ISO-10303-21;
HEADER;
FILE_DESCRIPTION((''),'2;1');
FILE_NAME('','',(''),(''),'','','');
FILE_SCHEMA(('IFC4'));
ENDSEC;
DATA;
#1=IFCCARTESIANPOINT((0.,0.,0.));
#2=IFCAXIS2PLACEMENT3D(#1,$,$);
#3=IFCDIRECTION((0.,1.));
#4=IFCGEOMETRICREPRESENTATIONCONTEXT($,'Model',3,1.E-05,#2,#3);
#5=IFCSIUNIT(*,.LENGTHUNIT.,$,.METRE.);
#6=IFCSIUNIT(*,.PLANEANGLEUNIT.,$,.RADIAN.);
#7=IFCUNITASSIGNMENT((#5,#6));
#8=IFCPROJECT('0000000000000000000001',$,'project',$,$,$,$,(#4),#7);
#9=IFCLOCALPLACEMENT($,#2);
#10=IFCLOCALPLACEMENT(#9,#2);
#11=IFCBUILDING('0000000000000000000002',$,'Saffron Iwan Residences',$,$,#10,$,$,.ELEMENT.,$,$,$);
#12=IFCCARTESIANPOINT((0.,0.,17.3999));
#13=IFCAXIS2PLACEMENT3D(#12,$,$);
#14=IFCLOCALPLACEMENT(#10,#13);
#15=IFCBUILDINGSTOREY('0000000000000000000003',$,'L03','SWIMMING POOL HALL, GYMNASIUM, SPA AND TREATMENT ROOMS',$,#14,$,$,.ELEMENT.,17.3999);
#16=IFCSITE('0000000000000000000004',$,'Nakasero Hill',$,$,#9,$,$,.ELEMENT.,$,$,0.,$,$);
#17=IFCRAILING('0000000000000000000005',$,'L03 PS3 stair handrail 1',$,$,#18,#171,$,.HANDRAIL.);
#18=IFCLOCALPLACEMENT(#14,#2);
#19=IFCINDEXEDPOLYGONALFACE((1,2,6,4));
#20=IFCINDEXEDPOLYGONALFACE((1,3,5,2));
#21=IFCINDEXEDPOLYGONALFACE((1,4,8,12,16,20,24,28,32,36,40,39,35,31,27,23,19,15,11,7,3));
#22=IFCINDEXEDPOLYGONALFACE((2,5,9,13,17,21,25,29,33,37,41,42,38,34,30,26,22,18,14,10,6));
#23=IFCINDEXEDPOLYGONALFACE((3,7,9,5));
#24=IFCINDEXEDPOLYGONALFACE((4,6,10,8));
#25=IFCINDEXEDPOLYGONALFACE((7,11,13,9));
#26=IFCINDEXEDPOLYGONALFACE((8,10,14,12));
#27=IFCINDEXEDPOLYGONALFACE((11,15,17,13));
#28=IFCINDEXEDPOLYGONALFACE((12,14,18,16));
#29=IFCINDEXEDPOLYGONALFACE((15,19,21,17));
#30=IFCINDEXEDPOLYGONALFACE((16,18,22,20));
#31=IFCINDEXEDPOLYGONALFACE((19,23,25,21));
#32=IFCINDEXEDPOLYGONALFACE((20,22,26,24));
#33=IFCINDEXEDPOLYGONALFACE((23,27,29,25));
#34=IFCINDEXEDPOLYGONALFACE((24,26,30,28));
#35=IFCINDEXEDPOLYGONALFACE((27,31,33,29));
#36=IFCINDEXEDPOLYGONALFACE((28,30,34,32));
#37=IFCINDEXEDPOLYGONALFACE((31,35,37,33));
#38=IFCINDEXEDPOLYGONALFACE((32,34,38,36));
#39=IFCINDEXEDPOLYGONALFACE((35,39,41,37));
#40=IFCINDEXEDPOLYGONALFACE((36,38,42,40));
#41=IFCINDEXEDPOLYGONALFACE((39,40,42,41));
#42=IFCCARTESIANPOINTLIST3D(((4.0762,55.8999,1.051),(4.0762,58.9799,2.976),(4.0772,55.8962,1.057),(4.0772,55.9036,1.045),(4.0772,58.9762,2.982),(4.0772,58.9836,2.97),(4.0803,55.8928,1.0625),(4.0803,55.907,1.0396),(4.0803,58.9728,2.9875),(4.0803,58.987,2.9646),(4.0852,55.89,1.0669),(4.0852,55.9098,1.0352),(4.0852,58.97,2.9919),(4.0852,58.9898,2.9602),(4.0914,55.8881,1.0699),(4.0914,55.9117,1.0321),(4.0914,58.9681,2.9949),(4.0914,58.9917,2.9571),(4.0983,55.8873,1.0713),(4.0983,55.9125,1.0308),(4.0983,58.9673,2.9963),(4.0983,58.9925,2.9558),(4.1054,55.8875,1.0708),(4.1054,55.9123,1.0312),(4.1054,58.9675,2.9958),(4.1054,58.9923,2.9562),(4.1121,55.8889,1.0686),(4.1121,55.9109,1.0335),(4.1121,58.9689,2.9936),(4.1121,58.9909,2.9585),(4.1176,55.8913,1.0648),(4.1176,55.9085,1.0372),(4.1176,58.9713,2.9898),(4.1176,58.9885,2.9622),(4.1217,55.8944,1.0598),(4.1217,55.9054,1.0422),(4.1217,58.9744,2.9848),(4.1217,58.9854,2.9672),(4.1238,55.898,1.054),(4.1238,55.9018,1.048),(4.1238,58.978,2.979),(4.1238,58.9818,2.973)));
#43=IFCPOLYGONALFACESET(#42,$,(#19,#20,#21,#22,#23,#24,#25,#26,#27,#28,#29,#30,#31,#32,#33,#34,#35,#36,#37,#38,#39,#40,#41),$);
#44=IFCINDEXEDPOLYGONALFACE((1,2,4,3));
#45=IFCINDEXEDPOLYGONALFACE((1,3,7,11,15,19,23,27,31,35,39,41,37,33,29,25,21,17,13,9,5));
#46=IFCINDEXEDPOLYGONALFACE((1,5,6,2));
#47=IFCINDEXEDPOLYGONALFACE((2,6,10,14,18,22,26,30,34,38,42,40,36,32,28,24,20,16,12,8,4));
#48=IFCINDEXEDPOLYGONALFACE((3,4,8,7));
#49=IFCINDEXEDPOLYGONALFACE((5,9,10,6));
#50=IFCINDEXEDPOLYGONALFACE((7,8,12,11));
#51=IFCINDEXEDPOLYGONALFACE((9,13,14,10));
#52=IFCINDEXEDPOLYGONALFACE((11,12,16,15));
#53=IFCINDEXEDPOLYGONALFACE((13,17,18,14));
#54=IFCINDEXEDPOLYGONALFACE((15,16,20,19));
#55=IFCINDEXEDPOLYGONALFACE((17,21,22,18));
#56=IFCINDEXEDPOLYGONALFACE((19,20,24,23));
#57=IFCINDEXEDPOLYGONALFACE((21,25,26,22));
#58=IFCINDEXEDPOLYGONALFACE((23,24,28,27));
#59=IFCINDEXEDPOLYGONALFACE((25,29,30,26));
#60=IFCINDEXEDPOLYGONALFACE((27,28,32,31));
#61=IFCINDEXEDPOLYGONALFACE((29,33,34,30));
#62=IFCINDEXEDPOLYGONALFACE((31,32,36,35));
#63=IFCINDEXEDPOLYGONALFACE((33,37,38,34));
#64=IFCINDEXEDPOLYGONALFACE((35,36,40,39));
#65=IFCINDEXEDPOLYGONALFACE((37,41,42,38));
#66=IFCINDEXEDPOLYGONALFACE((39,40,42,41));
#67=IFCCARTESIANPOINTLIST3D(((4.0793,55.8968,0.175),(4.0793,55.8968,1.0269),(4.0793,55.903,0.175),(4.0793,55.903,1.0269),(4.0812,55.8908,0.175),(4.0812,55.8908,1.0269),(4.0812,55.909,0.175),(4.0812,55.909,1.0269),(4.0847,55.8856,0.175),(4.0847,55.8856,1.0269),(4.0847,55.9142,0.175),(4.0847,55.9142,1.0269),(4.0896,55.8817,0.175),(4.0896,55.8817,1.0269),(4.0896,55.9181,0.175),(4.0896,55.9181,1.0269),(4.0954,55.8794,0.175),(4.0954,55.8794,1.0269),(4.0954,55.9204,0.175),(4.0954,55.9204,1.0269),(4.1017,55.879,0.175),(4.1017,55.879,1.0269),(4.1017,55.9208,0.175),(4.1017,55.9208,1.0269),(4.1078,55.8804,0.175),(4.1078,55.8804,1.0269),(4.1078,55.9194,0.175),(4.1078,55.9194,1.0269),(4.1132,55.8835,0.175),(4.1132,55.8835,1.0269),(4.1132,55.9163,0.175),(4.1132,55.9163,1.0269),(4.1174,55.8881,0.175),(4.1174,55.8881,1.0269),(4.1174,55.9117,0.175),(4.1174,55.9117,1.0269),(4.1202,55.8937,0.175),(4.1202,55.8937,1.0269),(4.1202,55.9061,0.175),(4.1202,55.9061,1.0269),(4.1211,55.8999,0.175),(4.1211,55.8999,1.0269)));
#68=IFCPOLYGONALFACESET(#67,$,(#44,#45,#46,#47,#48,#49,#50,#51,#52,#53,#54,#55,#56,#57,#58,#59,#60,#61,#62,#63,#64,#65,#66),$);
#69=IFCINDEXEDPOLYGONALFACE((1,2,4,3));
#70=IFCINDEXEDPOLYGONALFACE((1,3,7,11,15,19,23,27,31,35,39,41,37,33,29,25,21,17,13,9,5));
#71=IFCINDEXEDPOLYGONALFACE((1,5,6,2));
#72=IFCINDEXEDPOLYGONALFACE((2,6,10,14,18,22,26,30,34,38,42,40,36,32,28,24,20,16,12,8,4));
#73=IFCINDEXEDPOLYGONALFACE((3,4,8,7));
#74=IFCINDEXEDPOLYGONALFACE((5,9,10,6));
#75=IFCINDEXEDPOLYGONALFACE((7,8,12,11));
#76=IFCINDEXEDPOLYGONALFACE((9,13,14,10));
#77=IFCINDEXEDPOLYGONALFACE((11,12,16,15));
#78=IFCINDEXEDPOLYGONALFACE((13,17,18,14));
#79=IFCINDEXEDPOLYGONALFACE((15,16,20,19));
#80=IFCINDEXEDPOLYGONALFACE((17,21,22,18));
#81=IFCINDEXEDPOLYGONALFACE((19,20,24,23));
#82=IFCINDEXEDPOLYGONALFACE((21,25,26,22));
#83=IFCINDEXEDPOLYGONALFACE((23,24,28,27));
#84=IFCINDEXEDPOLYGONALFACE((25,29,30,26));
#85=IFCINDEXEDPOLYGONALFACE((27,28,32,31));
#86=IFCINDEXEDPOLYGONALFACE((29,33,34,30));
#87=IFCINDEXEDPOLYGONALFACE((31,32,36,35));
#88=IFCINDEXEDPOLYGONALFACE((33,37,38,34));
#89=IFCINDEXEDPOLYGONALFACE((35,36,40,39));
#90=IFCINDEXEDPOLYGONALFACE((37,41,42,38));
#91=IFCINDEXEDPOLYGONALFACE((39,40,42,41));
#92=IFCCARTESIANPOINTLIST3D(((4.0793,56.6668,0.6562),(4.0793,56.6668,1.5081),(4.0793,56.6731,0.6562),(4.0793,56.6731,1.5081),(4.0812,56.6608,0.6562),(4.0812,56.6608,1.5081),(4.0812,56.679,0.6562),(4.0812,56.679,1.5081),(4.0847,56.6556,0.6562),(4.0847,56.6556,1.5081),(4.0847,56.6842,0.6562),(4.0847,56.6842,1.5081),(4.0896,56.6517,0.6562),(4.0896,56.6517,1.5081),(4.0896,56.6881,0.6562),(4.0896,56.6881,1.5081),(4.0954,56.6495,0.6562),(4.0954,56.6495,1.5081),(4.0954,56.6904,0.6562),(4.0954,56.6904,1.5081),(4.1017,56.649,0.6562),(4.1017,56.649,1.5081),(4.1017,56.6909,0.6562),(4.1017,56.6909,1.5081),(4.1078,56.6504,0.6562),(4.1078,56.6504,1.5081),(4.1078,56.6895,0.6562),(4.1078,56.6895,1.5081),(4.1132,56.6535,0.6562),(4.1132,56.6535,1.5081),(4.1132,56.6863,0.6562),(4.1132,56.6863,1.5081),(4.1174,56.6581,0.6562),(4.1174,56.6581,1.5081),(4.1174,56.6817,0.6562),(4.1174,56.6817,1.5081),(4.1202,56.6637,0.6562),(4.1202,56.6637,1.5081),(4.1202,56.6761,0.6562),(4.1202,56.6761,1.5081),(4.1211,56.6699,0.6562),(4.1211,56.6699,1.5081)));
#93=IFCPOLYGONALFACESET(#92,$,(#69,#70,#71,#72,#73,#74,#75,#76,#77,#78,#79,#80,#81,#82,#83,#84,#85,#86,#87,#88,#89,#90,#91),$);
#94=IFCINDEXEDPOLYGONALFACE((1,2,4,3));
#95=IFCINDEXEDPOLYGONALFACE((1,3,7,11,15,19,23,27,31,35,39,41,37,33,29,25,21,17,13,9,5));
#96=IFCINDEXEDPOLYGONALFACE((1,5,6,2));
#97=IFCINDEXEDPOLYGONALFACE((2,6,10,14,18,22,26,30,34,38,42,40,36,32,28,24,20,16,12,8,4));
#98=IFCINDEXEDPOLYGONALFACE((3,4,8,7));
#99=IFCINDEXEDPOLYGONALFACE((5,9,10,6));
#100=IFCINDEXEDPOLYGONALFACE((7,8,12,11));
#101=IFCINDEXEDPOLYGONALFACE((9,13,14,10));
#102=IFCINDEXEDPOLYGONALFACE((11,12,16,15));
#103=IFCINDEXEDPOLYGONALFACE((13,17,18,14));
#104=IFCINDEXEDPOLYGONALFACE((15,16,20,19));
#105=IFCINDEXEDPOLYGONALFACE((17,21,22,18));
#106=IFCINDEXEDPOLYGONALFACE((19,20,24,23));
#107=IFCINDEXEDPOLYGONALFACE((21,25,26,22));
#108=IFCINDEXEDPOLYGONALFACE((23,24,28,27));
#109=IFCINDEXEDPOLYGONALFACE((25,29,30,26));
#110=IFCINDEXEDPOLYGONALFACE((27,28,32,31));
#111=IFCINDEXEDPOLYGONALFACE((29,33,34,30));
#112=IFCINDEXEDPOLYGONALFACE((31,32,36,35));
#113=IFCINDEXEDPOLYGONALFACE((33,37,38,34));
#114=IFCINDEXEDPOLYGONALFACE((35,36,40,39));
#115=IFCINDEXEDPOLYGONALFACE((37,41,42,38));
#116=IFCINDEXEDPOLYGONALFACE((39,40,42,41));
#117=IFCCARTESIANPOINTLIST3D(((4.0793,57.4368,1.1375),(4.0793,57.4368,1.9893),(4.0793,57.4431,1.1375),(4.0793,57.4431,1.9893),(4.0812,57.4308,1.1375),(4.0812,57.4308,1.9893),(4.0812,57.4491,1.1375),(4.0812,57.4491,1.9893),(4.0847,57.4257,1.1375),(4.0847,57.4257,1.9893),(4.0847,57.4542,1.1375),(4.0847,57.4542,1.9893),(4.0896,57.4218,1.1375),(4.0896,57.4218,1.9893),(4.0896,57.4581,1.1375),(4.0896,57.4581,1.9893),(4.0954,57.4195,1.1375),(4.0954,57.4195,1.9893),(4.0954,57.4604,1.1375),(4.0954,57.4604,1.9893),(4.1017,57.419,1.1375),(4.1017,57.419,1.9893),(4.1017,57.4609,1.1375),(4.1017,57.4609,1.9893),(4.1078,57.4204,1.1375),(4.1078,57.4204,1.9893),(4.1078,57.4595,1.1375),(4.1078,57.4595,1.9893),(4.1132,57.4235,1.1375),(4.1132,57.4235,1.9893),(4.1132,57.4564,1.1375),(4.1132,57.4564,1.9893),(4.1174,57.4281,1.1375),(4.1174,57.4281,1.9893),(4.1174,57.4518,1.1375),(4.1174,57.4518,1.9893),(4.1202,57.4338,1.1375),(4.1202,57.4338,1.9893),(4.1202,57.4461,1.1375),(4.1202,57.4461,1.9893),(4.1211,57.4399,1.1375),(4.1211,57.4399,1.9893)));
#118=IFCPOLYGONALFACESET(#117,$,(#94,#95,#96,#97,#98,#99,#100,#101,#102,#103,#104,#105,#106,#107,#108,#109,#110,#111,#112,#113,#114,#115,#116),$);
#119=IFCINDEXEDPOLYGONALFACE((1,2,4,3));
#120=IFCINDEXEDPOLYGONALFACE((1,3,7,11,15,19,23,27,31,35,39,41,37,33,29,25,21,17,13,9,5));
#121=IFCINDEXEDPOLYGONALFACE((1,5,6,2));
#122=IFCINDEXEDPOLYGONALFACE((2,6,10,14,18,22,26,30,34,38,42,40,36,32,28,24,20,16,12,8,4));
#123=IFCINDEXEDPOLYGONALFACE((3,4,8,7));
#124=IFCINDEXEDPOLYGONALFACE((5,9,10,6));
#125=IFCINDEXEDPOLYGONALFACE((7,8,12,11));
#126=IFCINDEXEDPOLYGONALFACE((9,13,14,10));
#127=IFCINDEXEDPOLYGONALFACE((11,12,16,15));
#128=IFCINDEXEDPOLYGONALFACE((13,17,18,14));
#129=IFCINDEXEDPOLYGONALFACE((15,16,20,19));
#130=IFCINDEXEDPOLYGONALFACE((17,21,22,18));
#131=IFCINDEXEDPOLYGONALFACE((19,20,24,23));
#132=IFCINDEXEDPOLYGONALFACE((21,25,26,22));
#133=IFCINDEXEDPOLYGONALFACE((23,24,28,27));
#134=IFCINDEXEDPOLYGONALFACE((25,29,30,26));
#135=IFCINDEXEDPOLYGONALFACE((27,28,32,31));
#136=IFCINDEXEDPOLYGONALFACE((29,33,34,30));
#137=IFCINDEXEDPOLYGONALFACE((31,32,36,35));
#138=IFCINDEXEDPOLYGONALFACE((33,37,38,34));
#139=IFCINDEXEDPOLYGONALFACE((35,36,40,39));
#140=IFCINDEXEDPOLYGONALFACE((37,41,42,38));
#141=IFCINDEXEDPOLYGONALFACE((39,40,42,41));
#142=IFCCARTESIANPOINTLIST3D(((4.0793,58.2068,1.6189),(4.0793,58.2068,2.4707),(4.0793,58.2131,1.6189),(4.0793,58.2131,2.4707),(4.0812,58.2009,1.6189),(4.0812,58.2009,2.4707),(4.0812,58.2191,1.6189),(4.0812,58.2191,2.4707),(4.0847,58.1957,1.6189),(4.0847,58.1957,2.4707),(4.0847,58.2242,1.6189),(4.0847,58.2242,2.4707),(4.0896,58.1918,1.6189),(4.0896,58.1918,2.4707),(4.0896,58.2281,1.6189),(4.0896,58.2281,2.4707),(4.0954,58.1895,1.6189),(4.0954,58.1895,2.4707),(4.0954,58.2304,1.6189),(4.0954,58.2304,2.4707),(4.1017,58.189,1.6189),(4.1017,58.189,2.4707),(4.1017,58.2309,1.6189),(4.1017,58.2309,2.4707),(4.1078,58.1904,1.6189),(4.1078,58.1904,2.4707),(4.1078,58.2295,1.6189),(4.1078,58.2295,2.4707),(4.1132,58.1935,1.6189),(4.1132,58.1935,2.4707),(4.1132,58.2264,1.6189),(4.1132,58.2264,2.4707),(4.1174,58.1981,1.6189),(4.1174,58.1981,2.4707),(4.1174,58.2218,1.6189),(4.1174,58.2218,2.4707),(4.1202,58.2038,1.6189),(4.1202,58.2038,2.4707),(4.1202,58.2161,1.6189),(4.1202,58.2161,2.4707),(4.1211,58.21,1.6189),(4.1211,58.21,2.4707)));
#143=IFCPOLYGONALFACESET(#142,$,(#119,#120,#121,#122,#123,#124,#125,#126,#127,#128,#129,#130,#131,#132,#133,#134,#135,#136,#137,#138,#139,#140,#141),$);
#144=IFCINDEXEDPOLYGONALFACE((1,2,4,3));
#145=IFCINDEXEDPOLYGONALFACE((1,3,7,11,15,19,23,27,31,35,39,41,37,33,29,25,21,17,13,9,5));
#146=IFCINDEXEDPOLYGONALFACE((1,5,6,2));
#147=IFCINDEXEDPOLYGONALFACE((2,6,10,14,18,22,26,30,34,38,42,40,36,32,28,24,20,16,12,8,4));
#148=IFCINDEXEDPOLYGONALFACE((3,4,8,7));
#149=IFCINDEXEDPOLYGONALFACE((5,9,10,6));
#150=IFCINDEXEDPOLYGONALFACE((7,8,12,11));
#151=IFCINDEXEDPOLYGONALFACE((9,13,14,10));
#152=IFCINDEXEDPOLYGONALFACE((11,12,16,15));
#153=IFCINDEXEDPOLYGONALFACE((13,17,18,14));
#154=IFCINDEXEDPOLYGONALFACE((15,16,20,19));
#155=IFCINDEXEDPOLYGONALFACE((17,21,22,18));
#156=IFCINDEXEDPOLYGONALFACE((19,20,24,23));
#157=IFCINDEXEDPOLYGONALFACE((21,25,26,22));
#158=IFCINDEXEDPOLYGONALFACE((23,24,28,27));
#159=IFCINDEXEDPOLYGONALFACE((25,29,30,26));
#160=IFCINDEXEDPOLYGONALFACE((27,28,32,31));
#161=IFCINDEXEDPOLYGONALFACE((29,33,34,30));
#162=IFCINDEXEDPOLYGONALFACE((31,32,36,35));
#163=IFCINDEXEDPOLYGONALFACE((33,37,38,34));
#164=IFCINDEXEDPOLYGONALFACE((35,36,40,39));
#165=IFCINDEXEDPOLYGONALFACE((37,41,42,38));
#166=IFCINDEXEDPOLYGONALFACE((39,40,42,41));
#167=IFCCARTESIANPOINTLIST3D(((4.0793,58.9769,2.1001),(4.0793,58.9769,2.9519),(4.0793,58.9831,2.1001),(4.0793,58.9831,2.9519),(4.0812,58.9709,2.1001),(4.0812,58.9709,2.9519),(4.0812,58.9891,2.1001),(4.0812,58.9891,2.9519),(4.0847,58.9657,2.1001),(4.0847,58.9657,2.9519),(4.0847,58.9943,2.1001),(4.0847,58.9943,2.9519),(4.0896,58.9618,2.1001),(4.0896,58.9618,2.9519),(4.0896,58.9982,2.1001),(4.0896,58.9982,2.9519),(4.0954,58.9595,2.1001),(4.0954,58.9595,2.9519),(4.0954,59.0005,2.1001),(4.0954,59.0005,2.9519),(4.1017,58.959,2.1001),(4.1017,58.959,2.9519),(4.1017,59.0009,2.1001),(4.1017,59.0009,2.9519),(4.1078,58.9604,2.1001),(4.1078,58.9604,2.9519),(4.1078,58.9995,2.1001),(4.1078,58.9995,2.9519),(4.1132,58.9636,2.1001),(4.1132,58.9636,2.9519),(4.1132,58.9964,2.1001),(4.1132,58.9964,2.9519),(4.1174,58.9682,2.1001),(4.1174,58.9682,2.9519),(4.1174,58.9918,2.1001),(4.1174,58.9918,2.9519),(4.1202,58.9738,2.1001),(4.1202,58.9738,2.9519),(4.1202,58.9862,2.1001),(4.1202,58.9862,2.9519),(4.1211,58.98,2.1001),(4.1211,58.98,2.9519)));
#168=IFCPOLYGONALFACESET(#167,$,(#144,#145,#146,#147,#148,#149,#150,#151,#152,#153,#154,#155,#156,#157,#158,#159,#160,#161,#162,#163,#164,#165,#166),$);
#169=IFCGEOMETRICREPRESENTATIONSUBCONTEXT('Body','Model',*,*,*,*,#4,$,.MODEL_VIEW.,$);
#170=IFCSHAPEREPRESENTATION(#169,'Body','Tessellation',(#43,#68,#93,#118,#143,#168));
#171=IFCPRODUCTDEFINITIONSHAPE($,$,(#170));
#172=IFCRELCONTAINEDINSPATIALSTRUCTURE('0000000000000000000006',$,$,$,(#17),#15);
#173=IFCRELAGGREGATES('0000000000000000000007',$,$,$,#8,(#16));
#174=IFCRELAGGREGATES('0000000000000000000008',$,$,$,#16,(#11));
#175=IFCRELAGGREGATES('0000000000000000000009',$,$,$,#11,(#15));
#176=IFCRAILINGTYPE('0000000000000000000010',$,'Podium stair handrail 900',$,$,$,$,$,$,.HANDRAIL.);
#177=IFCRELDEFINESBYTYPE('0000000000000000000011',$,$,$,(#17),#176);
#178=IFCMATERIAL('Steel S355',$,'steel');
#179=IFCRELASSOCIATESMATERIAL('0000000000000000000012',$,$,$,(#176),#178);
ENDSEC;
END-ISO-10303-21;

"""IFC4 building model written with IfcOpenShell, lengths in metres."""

from ifc_helpers import new_model, si_unit, direction, frame, origin, origin_2d, place, context, subcontext, project, spatial, circle, extrude, material, type_object, element, save


model = new_model("IFC4")

# Units and contexts
model_context = context("Model", 3, precision=1e-05, world=origin(), true_north=direction((0.0, 1.0)))
body_context = subcontext(model_context, "Body", "Model", "MODEL_VIEW")
ifc_project = project(units=[si_unit("LENGTHUNIT", "METRE"), si_unit("PLANEANGLEUNIT", "RADIAN")], contexts=[model_context])

# Site, building, storey
site_placement = place(None, origin())
site = spatial("IfcSite", under=ifc_project, at=site_placement, Name="Nakasero Hill", CompositionType="ELEMENT", RefElevation=0.0)
building_placement = place(site_placement, origin())
building = spatial("IfcBuilding", under=site, at=building_placement, Name="Saffron Iwan Residences", CompositionType="ELEMENT")
storey_placement = place(building_placement, frame((0.0, 0.0, 17.3999)))
storey = spatial("IfcBuildingStorey", under=building, at=storey_placement, Name="L03", Description="SWIMMING POOL HALL, GYMNASIUM, SPA AND TREATMENT ROOMS", CompositionType="ELEMENT", Elevation=17.3999)

# Railing
ifc_material_1 = material(Name="Steel S355", Category="steel")
railing_type_1 = type_object("IfcRailingType", Name="Podium stair handrail 900", PredefinedType="HANDRAIL", material=ifc_material_1)
railing_1_placement = place(storey_placement, frame((4.1001, 55.8999, 0.175)))
element("IfcRailing", 1, at=railing_1_placement, inside=storey, type_object=railing_type_1, Name="L03 PS3 stair handrail 1", PredefinedType="HANDRAIL", context=body_context, shape_type="SweptSolid", body=[
    extrude(circle(Radius=0.0239, at=origin_2d()), frame((0.0, 0.0, 0.876), z_axis=(0.0, 0.847998, 0.529999), x_axis=(-1.0, 0.0, 0.0)), (0.0, 0.0, 1.0), 3.6321),
    extrude(circle(Radius=0.021, at=origin_2d()), origin(), (0.0, 0.0, 1.0), 0.8518),
    extrude(circle(Radius=0.021, at=origin_2d()), frame((0.0, 0.77, 0.4812)), (0.0, 0.0, 1.0), 0.8518),
    extrude(circle(Radius=0.021, at=origin_2d()), frame((0.0, 1.54, 0.9624)), (0.0, 0.0, 1.0), 0.8518),
    extrude(circle(Radius=0.021, at=origin_2d()), frame((0.0, 2.3101, 1.4438)), (0.0, 0.0, 1.0), 0.8518),
    extrude(circle(Radius=0.021, at=origin_2d()), frame((0.0, 3.0801, 1.925)), (0.0, 0.0, 1.0), 0.8518),
])

save(model, "model.ifc")
